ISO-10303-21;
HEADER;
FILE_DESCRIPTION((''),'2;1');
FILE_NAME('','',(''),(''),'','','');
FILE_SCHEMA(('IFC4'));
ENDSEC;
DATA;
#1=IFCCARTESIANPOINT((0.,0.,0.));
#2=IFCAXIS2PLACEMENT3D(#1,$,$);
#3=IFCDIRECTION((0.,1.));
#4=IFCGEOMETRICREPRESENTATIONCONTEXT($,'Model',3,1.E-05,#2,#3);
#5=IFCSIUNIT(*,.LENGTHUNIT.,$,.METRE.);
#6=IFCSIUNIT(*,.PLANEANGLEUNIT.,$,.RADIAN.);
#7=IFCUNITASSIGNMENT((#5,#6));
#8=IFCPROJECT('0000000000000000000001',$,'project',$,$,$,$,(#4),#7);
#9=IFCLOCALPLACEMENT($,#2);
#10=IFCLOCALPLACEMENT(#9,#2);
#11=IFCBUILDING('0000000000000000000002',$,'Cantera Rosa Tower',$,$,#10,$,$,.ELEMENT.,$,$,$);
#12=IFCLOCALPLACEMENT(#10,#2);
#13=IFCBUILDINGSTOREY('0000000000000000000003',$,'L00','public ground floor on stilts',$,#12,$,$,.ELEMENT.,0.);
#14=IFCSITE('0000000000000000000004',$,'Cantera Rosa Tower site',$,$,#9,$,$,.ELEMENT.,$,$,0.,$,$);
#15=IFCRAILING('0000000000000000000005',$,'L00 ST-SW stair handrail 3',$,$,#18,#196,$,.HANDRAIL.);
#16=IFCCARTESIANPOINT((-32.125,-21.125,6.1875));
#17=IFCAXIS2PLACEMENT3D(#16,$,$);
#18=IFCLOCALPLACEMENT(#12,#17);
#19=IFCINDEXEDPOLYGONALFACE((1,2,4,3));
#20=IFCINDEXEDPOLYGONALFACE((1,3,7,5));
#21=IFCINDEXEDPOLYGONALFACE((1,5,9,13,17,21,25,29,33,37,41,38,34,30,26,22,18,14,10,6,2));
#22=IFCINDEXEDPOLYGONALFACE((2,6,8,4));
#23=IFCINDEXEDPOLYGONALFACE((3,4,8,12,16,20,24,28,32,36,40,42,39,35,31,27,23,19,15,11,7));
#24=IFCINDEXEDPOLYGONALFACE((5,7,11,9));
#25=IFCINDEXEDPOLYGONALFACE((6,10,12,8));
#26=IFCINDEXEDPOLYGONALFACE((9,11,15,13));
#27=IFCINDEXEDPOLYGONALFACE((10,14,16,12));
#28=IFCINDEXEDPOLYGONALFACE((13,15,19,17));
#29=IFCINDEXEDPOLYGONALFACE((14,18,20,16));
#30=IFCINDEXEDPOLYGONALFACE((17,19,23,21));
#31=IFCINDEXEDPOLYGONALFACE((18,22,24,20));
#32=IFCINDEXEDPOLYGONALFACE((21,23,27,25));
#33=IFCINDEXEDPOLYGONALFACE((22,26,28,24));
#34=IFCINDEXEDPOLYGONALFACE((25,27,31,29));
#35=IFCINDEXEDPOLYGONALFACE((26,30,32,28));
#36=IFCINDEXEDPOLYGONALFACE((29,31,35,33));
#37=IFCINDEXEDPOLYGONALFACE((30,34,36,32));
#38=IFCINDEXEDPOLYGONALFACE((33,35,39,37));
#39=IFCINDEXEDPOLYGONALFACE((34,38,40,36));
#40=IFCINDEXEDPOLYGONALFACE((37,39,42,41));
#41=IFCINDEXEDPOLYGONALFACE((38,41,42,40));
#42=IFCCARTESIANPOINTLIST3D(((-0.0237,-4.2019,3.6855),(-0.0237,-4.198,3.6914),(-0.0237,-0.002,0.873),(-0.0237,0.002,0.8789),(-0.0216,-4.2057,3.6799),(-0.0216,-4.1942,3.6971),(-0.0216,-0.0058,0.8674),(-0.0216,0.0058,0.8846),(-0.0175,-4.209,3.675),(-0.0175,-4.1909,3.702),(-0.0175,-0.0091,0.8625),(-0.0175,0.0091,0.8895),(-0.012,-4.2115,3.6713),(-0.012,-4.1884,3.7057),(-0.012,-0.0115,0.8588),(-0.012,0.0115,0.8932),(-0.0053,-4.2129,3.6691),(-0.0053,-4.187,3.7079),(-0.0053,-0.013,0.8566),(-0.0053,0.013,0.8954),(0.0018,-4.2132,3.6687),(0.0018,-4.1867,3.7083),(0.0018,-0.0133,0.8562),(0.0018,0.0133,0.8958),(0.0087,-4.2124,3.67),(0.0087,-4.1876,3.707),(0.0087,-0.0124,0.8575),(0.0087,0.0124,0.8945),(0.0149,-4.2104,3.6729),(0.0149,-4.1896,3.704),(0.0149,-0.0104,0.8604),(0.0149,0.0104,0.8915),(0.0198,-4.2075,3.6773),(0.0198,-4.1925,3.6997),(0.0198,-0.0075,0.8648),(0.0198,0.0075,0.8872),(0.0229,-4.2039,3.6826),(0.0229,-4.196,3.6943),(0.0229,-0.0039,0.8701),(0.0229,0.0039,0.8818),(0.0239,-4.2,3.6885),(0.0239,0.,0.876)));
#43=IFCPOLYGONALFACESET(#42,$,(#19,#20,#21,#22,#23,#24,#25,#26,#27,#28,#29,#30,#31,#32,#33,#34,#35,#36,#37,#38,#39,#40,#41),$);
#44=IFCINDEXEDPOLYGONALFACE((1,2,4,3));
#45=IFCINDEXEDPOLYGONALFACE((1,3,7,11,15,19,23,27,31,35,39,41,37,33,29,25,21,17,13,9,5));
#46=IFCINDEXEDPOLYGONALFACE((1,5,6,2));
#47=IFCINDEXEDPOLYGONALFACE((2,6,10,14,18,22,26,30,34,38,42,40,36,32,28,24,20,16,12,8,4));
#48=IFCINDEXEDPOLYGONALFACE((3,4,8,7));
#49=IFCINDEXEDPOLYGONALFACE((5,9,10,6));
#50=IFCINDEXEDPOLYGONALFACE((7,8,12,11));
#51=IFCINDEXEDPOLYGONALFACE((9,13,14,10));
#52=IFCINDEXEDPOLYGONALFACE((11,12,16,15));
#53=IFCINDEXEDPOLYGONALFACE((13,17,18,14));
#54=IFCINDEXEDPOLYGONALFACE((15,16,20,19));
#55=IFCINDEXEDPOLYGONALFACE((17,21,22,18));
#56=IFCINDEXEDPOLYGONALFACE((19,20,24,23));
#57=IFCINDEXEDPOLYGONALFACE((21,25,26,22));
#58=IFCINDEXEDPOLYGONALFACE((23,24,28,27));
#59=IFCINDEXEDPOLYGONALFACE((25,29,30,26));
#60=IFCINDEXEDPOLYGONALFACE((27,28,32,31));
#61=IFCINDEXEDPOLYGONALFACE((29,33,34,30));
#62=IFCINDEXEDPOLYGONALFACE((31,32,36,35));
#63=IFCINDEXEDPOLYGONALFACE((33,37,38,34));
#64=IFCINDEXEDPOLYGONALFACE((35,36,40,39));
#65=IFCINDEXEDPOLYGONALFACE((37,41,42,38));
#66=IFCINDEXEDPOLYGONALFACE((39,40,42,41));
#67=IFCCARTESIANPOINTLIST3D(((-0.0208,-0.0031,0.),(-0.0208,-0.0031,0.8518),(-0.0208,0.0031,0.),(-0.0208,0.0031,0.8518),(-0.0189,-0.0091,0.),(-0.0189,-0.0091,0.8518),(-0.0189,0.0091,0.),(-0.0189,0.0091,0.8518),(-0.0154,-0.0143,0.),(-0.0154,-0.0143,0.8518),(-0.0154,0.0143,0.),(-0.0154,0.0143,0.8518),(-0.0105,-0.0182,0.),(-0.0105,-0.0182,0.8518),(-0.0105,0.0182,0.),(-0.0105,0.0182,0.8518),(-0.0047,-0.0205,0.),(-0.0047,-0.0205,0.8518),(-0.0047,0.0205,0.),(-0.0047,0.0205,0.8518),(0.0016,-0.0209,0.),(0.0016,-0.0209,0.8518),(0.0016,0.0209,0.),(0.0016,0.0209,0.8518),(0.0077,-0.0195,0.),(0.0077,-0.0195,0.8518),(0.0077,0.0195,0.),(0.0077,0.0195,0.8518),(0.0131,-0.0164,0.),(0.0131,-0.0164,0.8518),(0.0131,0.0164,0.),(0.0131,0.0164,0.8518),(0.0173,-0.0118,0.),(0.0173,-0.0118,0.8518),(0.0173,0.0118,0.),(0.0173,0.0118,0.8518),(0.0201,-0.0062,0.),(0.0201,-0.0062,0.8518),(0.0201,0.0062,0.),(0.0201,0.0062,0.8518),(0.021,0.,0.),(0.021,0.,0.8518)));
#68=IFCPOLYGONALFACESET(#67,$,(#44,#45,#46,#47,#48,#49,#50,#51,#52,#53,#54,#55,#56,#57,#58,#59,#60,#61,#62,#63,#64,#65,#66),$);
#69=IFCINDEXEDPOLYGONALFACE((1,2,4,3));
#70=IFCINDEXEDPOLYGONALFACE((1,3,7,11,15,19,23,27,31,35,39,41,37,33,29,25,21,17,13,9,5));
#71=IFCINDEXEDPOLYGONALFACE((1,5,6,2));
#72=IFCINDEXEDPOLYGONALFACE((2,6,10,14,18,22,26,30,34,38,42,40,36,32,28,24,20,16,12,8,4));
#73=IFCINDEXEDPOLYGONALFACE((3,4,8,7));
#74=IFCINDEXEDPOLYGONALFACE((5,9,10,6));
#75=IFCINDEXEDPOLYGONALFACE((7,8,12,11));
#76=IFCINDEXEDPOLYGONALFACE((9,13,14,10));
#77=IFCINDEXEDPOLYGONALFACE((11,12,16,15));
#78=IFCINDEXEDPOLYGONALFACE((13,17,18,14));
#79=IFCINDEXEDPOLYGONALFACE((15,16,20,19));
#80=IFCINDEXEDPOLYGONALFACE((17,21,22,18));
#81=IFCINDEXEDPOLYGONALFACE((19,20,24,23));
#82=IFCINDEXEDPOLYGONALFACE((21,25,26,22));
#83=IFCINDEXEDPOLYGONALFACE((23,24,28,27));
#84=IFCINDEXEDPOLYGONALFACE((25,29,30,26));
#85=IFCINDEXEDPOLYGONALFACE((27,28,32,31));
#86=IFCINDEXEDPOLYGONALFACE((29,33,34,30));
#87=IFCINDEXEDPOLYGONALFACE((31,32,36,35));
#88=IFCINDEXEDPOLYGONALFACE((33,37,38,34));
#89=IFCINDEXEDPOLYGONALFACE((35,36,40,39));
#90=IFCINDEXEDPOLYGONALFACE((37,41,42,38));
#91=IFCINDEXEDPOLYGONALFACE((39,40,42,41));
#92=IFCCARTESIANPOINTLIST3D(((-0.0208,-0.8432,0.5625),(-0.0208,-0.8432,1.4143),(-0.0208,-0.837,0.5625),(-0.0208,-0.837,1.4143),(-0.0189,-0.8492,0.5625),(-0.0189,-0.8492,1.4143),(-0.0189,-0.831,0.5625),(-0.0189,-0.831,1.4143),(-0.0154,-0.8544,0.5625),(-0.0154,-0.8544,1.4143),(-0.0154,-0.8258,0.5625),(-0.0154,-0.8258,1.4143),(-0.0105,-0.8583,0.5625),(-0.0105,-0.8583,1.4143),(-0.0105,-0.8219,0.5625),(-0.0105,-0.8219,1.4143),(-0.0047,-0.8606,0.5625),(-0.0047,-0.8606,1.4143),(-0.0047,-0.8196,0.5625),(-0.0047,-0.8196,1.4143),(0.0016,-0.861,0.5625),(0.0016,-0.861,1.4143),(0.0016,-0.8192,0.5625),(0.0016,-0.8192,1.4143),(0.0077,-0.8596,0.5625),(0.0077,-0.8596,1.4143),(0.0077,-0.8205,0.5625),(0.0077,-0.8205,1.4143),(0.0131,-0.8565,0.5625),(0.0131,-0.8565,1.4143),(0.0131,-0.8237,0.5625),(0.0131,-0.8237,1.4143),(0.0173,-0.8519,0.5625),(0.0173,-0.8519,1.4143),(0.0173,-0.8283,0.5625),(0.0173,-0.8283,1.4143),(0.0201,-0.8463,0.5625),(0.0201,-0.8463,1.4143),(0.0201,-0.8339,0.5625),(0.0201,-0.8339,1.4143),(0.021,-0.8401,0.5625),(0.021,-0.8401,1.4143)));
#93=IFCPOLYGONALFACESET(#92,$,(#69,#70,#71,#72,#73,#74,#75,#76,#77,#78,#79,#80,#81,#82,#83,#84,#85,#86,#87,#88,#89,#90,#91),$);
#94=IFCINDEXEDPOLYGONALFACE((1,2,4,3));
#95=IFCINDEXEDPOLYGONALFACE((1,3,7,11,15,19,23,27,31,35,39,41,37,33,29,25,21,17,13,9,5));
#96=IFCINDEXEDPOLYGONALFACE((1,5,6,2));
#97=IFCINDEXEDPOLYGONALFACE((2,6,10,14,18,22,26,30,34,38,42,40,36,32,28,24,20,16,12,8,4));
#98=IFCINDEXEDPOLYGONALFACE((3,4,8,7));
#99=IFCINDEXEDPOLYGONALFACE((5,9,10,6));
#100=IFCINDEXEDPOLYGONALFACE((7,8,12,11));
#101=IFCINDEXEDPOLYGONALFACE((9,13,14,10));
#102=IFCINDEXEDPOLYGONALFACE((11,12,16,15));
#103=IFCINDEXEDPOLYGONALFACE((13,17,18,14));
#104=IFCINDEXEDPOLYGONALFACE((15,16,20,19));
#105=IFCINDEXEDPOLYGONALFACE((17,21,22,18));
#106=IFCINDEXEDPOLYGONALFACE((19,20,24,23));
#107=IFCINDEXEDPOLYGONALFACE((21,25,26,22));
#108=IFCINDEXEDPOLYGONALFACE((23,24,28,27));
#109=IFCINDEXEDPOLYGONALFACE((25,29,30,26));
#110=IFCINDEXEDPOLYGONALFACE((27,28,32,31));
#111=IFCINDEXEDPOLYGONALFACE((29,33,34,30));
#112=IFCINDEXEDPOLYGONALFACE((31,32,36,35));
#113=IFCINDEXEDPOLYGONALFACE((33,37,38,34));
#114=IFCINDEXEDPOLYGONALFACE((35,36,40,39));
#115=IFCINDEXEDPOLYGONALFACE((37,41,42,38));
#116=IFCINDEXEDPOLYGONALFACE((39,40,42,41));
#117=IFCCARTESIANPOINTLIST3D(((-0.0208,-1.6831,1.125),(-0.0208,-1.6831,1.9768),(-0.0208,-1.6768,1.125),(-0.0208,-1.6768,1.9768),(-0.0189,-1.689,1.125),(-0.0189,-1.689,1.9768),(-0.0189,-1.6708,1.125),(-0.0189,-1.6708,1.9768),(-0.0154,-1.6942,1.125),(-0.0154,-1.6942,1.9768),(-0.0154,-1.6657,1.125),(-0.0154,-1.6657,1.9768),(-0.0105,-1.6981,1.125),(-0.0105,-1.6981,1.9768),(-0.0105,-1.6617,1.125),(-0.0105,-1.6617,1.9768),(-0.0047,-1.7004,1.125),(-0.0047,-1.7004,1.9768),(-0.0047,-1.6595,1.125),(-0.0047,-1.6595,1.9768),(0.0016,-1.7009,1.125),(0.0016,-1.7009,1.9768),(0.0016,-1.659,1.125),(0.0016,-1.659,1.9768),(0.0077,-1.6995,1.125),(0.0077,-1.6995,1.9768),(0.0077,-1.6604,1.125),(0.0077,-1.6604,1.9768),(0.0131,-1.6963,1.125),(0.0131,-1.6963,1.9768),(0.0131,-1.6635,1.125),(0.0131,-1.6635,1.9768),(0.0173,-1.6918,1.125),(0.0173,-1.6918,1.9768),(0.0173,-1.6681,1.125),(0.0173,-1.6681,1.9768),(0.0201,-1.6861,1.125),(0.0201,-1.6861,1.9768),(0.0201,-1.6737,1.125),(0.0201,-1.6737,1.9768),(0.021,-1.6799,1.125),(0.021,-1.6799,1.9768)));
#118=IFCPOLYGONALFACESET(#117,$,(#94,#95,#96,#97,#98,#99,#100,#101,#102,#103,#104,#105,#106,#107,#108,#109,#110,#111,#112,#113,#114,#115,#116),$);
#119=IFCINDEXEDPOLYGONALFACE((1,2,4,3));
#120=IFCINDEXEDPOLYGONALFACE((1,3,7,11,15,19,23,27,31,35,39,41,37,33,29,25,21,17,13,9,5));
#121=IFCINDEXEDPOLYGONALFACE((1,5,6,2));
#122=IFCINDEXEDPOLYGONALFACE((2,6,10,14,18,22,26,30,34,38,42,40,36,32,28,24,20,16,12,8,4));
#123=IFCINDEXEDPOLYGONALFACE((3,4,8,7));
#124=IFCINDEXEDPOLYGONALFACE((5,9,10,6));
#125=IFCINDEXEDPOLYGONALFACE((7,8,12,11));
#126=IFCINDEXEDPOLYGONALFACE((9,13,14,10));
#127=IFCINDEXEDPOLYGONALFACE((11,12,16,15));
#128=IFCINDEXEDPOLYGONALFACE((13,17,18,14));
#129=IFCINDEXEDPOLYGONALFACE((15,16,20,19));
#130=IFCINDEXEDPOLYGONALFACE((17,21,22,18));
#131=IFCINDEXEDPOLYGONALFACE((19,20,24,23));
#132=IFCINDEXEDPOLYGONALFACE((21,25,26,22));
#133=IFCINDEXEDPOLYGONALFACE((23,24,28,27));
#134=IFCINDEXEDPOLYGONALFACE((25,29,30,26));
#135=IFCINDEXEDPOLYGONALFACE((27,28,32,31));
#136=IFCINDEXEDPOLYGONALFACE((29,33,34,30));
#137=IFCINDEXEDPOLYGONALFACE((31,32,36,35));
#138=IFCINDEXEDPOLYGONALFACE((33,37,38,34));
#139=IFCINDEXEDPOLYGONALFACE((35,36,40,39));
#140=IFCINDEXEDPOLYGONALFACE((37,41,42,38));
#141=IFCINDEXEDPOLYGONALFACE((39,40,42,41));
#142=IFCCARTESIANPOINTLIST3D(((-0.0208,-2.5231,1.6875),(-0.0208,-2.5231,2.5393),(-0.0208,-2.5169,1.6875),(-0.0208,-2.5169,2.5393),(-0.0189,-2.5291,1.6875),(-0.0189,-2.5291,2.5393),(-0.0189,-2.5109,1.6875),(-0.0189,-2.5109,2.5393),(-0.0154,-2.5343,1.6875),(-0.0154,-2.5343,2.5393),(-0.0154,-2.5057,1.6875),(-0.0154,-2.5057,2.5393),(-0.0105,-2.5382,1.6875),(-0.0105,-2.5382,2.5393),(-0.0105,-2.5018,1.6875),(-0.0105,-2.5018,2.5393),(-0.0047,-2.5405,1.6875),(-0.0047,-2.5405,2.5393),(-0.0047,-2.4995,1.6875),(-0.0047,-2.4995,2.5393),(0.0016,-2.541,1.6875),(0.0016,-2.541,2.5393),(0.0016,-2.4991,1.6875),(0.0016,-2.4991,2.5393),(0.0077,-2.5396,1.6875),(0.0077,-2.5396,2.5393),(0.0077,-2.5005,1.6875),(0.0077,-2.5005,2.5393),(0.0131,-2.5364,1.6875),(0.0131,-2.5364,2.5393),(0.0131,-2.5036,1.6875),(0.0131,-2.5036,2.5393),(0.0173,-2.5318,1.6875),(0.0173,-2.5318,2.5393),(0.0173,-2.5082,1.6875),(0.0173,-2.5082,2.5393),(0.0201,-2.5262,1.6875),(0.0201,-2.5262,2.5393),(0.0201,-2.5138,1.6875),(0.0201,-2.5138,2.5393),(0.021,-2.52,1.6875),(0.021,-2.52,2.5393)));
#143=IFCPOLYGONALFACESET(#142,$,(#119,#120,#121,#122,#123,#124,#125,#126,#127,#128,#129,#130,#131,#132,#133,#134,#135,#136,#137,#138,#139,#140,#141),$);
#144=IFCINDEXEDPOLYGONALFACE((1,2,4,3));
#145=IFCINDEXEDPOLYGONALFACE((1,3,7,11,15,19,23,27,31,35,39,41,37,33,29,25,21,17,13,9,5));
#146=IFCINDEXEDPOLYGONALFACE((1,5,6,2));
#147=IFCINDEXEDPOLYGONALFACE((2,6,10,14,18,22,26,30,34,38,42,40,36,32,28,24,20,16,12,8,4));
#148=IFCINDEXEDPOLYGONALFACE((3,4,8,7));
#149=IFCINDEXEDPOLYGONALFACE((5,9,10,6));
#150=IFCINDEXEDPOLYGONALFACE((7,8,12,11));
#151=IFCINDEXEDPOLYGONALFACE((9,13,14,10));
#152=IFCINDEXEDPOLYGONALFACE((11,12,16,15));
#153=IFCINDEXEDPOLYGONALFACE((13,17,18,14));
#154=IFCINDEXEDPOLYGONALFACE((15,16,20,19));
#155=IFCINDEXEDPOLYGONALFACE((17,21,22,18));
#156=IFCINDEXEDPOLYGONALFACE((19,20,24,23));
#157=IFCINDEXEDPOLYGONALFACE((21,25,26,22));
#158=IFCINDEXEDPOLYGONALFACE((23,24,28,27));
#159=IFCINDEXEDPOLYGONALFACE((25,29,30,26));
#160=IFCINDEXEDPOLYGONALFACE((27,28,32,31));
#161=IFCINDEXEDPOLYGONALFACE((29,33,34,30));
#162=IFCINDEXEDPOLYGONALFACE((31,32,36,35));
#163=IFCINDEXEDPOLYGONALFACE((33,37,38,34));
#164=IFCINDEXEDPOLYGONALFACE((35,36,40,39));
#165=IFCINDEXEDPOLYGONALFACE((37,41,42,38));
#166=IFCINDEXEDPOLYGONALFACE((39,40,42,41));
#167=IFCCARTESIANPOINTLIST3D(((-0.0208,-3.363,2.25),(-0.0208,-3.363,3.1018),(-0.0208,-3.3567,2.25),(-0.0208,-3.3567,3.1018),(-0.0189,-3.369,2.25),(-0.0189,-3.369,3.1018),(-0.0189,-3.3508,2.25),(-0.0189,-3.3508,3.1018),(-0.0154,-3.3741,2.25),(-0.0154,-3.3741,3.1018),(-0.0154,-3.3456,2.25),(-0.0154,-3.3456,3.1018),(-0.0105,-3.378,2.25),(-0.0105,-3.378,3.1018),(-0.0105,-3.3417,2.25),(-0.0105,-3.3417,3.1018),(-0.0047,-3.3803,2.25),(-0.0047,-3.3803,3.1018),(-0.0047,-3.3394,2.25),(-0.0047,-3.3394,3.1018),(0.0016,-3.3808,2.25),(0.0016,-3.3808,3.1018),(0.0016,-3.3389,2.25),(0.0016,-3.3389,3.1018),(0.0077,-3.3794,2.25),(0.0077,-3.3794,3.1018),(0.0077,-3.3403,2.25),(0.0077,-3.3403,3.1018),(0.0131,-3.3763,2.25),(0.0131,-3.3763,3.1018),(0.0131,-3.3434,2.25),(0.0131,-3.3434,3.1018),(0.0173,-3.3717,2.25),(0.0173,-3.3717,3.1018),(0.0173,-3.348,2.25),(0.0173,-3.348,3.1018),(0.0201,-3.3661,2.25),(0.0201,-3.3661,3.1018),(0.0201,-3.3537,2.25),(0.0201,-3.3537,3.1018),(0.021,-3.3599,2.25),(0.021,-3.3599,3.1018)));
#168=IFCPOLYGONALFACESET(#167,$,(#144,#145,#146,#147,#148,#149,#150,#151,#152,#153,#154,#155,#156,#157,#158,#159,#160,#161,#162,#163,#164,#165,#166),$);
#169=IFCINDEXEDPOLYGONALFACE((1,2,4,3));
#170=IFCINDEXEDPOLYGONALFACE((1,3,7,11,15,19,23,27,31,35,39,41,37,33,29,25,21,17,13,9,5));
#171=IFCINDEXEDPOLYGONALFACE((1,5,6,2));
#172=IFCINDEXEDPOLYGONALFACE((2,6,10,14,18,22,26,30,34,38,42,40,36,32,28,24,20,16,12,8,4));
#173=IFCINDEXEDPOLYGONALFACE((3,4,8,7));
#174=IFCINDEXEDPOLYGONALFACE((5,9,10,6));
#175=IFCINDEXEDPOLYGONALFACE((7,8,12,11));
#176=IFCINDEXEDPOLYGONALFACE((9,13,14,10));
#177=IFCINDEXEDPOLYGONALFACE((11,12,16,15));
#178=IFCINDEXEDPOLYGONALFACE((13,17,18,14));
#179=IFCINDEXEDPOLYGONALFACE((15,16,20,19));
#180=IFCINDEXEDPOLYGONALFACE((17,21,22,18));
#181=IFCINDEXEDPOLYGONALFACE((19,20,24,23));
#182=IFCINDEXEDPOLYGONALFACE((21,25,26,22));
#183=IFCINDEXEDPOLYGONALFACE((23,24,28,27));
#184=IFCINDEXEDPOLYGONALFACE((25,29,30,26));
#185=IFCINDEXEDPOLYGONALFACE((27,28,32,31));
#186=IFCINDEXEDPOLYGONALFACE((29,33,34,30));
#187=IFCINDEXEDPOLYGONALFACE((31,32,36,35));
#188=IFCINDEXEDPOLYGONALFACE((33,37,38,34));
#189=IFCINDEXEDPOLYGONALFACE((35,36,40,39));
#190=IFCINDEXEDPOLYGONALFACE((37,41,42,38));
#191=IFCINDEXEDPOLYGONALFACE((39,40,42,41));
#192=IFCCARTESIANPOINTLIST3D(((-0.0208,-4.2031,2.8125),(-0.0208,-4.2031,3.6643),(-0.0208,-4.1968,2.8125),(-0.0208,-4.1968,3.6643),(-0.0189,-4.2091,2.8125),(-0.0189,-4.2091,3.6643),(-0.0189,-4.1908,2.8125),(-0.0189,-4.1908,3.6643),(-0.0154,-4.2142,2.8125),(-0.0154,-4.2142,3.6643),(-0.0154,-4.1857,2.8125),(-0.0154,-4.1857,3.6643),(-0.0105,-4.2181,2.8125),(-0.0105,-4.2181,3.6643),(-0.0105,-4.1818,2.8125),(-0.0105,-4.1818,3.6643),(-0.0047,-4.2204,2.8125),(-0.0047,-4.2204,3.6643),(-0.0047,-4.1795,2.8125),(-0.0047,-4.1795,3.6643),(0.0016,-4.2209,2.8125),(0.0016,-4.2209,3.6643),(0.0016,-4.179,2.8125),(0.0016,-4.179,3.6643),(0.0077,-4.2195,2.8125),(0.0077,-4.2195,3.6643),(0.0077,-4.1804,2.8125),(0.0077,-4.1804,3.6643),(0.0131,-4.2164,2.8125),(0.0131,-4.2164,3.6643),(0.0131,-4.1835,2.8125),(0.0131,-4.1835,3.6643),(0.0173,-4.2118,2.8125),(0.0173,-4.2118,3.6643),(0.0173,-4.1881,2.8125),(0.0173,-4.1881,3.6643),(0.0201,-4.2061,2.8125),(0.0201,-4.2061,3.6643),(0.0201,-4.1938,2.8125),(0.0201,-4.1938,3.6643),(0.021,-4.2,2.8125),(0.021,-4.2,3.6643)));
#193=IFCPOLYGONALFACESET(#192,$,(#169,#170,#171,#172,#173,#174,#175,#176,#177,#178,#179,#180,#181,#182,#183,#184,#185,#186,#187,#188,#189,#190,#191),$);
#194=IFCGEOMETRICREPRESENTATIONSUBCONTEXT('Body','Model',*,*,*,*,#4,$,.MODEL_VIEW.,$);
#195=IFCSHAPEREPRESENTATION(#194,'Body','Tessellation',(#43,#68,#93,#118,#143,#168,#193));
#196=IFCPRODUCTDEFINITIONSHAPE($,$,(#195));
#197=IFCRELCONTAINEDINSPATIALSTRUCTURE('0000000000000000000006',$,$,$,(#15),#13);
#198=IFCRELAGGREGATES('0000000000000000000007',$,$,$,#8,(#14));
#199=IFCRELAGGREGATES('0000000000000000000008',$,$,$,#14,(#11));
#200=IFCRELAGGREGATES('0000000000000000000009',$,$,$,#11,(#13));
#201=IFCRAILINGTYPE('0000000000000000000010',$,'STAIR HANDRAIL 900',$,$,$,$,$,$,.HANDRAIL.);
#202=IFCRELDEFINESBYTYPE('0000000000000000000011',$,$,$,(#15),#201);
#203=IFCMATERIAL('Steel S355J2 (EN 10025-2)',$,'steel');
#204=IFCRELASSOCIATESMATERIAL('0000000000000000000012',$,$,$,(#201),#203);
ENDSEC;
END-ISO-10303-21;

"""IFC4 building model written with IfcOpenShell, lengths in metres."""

from ifc_helpers import new_model, si_unit, direction, frame, origin, origin_2d, place, context, subcontext, project, spatial, circle, extrude, material, type_object, element, save


model = new_model("IFC4")

# Units and contexts
model_context = context("Model", 3, precision=1e-05, world=origin(), true_north=direction((0.0, 1.0)))
body_context = subcontext(model_context, "Body", "Model", "MODEL_VIEW")
ifc_project = project(units=[si_unit("LENGTHUNIT", "METRE"), si_unit("PLANEANGLEUNIT", "RADIAN")], contexts=[model_context])

# Site, building, storey
site_placement = place(None, origin())
site = spatial("IfcSite", under=ifc_project, at=site_placement, Name="Cantera Rosa Tower site", CompositionType="ELEMENT", RefElevation=0.0)
building_placement = place(site_placement, origin())
building = spatial("IfcBuilding", under=site, at=building_placement, Name="Cantera Rosa Tower", CompositionType="ELEMENT")
storey_placement = place(building_placement, origin())
storey = spatial("IfcBuildingStorey", under=building, at=storey_placement, Name="L00", Description="public ground floor on stilts", CompositionType="ELEMENT", Elevation=0.0)

# Railing
ifc_material_1 = material(Name="Steel S355J2 (EN 10025-2)", Category="steel")
railing_type_1 = type_object("IfcRailingType", Name="STAIR HANDRAIL 900", PredefinedType="HANDRAIL", material=ifc_material_1)
for number, where, name in (
    (1, (-32.125, -21.125, 6.1875), "L00 ST-SW stair handrail 3"),
):
    element("IfcRailing", number, at=place(storey_placement, frame(where)), inside=storey, type_object=railing_type_1, Name=name, PredefinedType="HANDRAIL", context=body_context, shape_type="SweptSolid", body=[
        extrude(circle(Radius=0.0239, at=origin_2d()), frame((0.0, 0.0, 0.876), z_axis=(0.0, -0.830904, 0.556416), x_axis=(1.0, 0.0, 0.0)), (0.0, 0.0, 1.0), 5.0547),
        extrude(circle(Radius=0.021, at=origin_2d()), origin(), (0.0, 0.0, 1.0), 0.8518),
        extrude(circle(Radius=0.021, at=origin_2d()), frame((0.0, -0.8401, 0.5625)), (0.0, 0.0, 1.0), 0.8518),
        extrude(circle(Radius=0.021, at=origin_2d()), frame((0.0, -1.6799, 1.125)), (0.0, 0.0, 1.0), 0.8518),
        extrude(circle(Radius=0.021, at=origin_2d()), frame((0.0, -2.52, 1.6875)), (0.0, 0.0, 1.0), 0.8518),
        extrude(circle(Radius=0.021, at=origin_2d()), frame((0.0, -3.3599, 2.25)), (0.0, 0.0, 1.0), 0.8518),
        extrude(circle(Radius=0.021, at=origin_2d()), frame((0.0, -4.2, 2.8125)), (0.0, 0.0, 1.0), 0.8518),
    ])

save(model, "model.ifc")
